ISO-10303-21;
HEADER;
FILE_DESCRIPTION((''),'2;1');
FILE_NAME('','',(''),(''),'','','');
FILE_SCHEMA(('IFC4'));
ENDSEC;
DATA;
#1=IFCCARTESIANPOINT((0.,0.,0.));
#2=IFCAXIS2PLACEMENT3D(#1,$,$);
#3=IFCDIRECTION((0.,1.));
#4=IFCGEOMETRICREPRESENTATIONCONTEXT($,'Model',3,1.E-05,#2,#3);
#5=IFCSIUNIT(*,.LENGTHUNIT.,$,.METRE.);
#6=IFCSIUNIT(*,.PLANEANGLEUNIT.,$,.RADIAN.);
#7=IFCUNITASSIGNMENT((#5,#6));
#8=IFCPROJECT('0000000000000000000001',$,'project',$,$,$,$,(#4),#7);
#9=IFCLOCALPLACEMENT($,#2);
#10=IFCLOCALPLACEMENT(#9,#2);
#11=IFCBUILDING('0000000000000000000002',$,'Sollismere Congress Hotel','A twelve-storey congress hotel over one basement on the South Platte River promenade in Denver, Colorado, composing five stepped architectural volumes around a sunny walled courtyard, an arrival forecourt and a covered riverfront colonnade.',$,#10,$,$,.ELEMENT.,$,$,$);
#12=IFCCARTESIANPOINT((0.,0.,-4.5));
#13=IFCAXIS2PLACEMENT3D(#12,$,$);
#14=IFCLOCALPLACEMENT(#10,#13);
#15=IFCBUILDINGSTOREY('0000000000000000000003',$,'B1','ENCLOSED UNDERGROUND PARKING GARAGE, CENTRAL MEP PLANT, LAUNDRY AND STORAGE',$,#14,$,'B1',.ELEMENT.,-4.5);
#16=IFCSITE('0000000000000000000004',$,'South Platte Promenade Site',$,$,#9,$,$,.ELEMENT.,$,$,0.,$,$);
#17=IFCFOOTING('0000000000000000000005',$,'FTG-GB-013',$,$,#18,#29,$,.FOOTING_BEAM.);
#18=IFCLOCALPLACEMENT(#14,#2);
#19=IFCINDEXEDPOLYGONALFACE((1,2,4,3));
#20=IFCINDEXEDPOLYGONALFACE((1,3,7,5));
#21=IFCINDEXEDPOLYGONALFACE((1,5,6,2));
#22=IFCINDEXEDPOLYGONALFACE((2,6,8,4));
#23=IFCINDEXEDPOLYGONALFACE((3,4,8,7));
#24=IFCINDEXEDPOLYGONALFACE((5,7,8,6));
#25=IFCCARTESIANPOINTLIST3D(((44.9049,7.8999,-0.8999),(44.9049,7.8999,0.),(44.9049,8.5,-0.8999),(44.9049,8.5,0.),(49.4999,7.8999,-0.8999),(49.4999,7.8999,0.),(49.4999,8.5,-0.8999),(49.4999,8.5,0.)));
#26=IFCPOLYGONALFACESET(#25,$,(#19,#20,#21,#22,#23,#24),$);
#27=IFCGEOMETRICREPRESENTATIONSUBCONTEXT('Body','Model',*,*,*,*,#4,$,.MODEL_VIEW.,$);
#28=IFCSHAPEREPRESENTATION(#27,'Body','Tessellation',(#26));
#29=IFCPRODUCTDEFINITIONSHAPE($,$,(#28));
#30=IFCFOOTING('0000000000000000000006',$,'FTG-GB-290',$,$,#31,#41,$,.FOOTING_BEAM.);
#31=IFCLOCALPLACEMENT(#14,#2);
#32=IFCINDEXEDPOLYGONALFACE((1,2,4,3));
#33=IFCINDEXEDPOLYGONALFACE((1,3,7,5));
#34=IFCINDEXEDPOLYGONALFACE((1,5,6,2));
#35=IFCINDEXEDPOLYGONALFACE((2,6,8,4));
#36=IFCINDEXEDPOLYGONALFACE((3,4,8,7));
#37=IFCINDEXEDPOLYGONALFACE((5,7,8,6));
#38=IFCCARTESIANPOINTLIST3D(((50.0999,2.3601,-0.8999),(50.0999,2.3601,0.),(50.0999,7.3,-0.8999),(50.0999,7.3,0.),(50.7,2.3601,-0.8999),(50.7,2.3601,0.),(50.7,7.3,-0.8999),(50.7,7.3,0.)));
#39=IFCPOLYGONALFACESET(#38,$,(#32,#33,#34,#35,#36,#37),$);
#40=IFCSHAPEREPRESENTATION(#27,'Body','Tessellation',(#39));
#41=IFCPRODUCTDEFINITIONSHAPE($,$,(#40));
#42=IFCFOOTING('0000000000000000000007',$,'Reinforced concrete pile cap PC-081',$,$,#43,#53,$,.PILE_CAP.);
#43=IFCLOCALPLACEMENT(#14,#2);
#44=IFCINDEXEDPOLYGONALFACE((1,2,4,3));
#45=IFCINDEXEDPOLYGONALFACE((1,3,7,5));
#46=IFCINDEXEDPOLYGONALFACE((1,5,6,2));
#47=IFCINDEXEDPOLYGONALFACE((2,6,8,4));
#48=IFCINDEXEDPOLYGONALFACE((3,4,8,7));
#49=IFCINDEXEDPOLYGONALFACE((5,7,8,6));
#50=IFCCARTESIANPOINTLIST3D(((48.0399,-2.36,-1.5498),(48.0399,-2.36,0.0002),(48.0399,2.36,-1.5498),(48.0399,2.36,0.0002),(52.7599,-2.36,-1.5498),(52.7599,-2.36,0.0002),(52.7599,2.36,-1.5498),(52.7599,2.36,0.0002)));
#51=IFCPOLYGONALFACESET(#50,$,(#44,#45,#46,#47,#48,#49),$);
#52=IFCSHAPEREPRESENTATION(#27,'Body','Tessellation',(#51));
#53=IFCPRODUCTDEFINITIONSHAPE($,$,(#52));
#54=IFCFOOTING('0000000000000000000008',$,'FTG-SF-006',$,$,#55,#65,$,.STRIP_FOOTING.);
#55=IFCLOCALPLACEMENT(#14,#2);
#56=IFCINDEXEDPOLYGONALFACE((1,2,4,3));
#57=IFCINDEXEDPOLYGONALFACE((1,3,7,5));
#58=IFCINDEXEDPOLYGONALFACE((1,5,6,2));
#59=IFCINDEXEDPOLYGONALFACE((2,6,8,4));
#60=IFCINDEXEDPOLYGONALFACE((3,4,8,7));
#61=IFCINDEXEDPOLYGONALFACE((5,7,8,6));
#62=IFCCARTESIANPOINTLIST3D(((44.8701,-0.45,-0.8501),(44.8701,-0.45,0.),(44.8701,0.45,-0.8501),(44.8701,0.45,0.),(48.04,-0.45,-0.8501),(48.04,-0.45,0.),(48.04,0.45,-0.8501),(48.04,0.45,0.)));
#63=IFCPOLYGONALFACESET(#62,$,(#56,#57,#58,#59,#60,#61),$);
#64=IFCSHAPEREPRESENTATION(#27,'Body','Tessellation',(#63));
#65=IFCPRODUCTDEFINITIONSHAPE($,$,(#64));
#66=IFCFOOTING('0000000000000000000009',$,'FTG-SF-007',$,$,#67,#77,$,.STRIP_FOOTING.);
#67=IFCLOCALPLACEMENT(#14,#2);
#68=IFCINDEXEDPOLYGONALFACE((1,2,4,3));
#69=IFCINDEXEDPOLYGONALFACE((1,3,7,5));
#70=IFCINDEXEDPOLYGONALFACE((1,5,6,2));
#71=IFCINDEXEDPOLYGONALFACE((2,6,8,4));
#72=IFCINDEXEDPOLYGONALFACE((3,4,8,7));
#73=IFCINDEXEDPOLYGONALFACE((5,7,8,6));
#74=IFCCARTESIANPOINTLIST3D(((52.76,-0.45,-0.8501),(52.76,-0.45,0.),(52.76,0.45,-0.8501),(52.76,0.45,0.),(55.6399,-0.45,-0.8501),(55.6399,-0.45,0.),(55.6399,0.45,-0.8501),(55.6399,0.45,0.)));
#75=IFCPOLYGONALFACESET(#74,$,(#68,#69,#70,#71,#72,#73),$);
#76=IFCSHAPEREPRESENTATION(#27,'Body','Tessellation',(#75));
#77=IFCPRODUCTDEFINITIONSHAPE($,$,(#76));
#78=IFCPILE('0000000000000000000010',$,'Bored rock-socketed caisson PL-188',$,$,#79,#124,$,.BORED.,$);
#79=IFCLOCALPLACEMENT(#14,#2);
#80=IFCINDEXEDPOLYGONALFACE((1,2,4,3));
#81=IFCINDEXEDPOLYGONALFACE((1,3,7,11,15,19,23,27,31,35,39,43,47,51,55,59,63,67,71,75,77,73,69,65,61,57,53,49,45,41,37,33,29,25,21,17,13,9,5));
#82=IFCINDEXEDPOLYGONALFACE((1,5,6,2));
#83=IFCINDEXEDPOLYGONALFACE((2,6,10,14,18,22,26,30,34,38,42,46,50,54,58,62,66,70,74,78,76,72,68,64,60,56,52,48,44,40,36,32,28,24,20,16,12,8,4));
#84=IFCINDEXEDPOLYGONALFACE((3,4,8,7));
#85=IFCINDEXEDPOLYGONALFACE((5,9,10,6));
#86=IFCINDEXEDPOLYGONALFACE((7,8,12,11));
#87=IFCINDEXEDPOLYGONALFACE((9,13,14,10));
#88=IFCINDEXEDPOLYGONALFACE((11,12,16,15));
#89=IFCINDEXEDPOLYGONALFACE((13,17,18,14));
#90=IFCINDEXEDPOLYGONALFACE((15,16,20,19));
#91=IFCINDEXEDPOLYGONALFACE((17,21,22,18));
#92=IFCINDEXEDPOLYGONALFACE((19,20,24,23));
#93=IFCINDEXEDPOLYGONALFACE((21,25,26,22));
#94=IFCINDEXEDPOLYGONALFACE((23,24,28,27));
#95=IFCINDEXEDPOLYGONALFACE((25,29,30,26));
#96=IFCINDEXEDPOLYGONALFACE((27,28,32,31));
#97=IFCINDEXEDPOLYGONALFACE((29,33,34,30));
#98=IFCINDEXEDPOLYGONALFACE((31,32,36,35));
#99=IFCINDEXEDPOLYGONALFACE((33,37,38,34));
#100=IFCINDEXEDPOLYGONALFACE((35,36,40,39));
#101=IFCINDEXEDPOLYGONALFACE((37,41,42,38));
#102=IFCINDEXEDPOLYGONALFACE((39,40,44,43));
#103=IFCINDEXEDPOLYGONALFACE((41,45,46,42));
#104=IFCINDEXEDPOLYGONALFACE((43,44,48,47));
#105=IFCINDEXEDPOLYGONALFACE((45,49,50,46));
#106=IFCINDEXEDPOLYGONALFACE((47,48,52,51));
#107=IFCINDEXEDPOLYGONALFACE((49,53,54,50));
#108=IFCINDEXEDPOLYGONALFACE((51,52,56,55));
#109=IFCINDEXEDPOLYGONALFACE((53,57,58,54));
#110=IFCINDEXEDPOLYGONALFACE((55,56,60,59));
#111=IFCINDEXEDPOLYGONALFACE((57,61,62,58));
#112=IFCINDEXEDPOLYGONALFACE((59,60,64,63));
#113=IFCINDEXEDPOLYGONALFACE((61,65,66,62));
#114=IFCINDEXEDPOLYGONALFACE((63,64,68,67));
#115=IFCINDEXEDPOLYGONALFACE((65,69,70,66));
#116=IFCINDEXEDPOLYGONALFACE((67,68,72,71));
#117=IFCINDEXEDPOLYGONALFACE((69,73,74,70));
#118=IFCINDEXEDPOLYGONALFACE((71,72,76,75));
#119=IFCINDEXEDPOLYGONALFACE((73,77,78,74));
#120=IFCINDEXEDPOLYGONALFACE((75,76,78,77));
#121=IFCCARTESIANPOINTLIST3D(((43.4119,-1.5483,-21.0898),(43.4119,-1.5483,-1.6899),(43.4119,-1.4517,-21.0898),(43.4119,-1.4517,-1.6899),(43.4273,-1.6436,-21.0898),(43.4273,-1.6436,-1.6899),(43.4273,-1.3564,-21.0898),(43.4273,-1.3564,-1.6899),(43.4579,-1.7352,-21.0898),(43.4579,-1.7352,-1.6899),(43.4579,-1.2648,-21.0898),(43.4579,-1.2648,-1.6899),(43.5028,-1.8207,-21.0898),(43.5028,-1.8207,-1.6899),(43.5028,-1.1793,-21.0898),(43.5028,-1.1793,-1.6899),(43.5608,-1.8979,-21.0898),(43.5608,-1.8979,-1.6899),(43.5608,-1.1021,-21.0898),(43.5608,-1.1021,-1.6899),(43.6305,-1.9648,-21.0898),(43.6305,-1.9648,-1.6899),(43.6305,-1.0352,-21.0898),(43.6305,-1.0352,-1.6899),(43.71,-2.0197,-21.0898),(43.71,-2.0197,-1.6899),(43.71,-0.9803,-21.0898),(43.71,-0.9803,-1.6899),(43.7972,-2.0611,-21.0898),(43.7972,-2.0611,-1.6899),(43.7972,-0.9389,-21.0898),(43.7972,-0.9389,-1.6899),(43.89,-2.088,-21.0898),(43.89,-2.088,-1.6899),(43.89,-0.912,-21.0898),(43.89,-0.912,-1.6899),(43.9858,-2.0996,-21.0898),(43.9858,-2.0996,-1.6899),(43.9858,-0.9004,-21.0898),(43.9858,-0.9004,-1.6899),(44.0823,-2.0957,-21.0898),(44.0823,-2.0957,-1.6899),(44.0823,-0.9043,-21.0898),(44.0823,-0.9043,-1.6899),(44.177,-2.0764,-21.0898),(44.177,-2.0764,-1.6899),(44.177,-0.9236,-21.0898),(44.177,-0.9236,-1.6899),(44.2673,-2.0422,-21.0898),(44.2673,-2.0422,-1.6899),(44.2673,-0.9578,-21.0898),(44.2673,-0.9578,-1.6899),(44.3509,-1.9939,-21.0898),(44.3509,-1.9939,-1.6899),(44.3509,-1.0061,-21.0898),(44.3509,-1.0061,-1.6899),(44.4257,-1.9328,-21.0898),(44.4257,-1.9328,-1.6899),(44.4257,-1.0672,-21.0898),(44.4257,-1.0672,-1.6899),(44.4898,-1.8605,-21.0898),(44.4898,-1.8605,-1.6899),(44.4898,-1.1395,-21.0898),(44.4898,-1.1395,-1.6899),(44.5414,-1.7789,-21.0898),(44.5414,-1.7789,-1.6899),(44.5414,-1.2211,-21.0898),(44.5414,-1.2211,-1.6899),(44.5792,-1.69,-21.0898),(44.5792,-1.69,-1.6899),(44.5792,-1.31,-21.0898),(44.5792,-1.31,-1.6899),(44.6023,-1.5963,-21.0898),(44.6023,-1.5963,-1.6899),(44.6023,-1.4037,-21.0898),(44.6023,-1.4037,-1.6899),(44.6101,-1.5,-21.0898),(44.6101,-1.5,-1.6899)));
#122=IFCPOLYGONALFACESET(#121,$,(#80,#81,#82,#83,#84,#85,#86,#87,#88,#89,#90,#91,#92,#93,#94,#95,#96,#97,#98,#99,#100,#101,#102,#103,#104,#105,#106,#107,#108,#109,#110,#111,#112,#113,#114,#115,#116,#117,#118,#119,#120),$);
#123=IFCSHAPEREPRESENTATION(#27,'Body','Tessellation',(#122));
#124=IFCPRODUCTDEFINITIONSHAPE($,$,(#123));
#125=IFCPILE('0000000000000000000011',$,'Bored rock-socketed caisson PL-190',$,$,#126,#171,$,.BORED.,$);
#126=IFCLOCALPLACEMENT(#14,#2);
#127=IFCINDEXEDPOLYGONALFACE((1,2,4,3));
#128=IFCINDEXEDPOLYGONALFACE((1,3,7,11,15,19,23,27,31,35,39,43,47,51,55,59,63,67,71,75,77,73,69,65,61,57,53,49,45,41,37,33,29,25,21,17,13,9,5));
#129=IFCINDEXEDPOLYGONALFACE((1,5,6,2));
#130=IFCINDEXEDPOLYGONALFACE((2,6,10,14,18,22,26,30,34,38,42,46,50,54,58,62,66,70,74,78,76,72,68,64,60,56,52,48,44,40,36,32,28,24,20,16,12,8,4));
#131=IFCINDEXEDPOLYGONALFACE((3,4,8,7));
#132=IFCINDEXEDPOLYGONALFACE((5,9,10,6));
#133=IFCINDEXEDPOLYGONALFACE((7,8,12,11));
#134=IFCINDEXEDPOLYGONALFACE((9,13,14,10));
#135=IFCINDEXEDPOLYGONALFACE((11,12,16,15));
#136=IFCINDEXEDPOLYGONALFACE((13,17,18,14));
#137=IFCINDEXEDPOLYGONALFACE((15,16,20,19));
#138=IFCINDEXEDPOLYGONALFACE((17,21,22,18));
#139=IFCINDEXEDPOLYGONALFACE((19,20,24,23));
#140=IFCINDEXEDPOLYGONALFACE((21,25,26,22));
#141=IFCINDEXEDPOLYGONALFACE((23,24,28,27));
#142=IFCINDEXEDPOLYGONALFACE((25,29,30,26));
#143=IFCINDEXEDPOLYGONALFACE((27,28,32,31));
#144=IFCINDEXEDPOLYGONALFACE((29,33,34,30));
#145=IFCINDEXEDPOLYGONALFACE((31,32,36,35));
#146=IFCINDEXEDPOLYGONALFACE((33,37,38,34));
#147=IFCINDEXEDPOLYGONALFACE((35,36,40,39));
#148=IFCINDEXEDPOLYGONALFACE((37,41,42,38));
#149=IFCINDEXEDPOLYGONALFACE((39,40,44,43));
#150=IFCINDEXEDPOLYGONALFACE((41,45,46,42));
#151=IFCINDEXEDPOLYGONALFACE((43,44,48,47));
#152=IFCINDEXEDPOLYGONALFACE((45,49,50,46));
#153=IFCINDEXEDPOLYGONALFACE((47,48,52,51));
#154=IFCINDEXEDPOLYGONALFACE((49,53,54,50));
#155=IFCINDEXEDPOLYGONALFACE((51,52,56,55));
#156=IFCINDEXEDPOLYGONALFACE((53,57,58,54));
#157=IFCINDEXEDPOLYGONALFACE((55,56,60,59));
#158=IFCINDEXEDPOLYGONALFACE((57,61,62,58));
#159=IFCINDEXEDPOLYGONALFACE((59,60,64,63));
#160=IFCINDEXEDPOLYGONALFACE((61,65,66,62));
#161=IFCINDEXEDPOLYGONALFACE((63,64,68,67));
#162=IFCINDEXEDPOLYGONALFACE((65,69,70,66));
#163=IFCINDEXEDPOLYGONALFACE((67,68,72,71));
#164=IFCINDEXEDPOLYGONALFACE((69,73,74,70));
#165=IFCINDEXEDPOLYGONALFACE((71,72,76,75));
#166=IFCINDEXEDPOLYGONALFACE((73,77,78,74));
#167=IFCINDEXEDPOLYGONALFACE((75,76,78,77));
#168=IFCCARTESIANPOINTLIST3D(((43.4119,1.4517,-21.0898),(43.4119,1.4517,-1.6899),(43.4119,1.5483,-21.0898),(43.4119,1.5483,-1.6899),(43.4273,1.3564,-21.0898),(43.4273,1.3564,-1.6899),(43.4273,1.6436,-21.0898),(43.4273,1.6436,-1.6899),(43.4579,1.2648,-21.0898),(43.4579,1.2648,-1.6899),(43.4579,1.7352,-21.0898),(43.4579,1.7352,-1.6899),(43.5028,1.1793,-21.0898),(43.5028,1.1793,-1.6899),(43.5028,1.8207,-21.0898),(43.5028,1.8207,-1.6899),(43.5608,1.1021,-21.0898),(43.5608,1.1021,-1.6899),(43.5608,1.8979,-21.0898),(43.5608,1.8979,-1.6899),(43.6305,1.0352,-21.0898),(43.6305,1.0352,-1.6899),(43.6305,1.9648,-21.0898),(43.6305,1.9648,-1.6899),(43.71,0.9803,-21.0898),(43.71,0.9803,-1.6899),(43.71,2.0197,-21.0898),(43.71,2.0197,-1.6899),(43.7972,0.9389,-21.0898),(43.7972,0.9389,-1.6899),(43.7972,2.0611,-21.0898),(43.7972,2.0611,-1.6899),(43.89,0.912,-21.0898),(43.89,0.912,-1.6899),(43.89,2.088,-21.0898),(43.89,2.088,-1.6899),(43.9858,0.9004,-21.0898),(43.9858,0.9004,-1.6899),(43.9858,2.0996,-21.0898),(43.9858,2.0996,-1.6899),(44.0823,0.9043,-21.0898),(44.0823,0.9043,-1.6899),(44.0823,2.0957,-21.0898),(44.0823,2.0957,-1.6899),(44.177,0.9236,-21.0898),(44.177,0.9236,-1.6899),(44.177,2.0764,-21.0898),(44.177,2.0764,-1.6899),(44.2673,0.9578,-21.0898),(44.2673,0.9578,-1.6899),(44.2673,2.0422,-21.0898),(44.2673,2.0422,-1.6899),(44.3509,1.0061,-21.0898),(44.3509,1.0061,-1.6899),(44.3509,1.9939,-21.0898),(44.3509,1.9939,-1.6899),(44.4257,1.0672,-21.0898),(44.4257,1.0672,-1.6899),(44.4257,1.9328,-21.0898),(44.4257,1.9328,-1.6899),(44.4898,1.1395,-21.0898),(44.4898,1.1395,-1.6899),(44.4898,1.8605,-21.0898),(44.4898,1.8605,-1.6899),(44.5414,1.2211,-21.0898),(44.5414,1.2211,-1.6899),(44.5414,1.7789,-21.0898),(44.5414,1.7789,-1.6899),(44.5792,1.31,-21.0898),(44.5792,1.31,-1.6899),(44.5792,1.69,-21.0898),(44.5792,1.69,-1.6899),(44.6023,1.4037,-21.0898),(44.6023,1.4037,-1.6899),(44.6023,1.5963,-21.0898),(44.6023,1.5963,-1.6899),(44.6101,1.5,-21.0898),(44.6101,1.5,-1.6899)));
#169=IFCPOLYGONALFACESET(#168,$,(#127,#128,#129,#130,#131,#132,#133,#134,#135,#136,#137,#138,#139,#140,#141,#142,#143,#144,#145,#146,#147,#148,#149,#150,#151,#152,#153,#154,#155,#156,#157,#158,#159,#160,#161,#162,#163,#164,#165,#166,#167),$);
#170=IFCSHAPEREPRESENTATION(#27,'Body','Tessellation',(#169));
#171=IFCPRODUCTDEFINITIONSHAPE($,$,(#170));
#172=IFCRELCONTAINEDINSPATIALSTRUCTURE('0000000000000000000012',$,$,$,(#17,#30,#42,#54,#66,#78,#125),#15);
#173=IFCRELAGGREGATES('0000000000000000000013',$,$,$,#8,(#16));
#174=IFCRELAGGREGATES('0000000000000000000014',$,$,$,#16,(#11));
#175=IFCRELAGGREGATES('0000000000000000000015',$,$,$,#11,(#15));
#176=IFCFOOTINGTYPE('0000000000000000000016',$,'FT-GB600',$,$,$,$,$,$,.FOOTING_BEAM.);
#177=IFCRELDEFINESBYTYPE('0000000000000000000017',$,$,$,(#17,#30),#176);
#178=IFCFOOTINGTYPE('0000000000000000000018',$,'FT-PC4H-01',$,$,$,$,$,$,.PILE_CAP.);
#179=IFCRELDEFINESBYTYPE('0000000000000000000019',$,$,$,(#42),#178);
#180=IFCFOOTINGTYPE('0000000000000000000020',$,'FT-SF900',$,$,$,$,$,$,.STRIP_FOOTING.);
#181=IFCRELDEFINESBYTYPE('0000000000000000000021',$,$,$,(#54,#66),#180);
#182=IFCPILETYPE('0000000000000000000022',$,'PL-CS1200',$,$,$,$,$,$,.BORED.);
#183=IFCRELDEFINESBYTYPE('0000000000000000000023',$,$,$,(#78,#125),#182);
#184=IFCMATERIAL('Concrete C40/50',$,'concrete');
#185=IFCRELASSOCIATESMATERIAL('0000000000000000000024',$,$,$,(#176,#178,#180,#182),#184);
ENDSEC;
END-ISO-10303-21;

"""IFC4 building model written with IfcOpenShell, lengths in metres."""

from ifc_helpers import new_model, si_unit, direction, frame, origin, origin_2d, place, context, subcontext, project, spatial, rectangle, circle, extrude, material, material_profile, profile_set, type_object, element, save


model = new_model("IFC4")

# Units and contexts
model_context = context("Model", 3, precision=1e-05, world=origin(), true_north=direction((0.0, 1.0)))
body_context = subcontext(model_context, "Body", "Model", "MODEL_VIEW")
ifc_project = project(units=[si_unit("LENGTHUNIT", "METRE"), si_unit("PLANEANGLEUNIT", "RADIAN")], contexts=[model_context])

# Site, building, storey
site_placement = place(None, origin())
site = spatial("IfcSite", under=ifc_project, at=site_placement, Name="South Platte Promenade Site", CompositionType="ELEMENT", RefElevation=0.0)
building_placement = place(site_placement, origin())
building = spatial("IfcBuilding", under=site, at=building_placement, Name="Sollismere Congress Hotel", Description="A twelve-storey congress hotel over one basement on the South Platte River promenade in Denver, Colorado, composing five stepped architectural volumes around a sunny walled courtyard, an arrival forecourt and a covered riverfront colonnade.", CompositionType="ELEMENT")
storey_placement = place(building_placement, frame((0.0, 0.0, -4.5)))
storey = spatial("IfcBuildingStorey", under=building, at=storey_placement, Name="B1", Description="ENCLOSED UNDERGROUND PARKING GARAGE, CENTRAL MEP PLANT, LAUNDRY AND STORAGE", LongName="B1", CompositionType="ELEMENT", Elevation=-4.5)

# Footings
ifc_material_1 = material(Name="Concrete C40/50", Category="concrete")
footing_type_1 = type_object("IfcFootingType", Name="FT-GB600", PredefinedType="FOOTING_BEAM", material=ifc_material_1)
footing_1_placement = place(storey_placement, frame((47.2024, 8.2, -0.8999), z_axis=(0.0, 0.0, 1.0), x_axis=(1.0, 0.0, 0.0)))
element("IfcFooting", 1, at=footing_1_placement, inside=storey, type_object=footing_type_1, Name="FTG-GB-013", PredefinedType="FOOTING_BEAM", context=body_context, shape_type="SweptSolid", body=[
    extrude(rectangle(XDim=4.595, YDim=0.6001, at=origin_2d()), origin(), (0.0, 0.0, 1.0), 0.8999),
])
footing_2_placement = place(storey_placement, frame((50.3999, 4.8301, -0.8999), z_axis=(0.0, 0.0, 1.0), x_axis=(0.0, 1.0, 0.0)))
element("IfcFooting", 2, at=footing_2_placement, inside=storey, type_object=footing_type_1, Name="FTG-GB-290", PredefinedType="FOOTING_BEAM", context=body_context, shape_type="SweptSolid", body=[
    extrude(rectangle(XDim=4.9399, YDim=0.6001, at=origin_2d()), origin(), (0.0, 0.0, 1.0), 0.8999),
])
footing_type_2 = type_object("IfcFootingType", Name="FT-PC4H-01", PredefinedType="PILE_CAP", material=ifc_material_1)
footing_3_placement = place(storey_placement, frame((50.3999, 0.0, -1.5498), z_axis=(0.0, 0.0, 1.0), x_axis=(1.0, 0.0, 0.0)))
element("IfcFooting", 3, at=footing_3_placement, inside=storey, type_object=footing_type_2, Name="Reinforced concrete pile cap PC-081", PredefinedType="PILE_CAP", context=body_context, shape_type="SweptSolid", body=[
    extrude(rectangle(XDim=4.72, YDim=4.72, at=origin_2d()), origin(), (0.0, 0.0, 1.0), 1.55),
])
footing_type_3 = type_object("IfcFootingType", Name="FT-SF900", PredefinedType="STRIP_FOOTING", material=ifc_material_1)
footing_4_placement = place(storey_placement, frame((46.4551, 0.0, -0.8501), z_axis=(0.0, 0.0, 1.0), x_axis=(1.0, 0.0, 0.0)))
element("IfcFooting", 4, at=footing_4_placement, inside=storey, type_object=footing_type_3, Name="FTG-SF-006", PredefinedType="STRIP_FOOTING", context=body_context, shape_type="SweptSolid", body=[
    extrude(rectangle(XDim=3.1699, YDim=0.8999, at=origin_2d()), origin(), (0.0, 0.0, 1.0), 0.8501),
])
footing_5_placement = place(storey_placement, frame((54.2, 0.0, -0.8501), z_axis=(0.0, 0.0, 1.0), x_axis=(1.0, 0.0, 0.0)))
element("IfcFooting", 5, at=footing_5_placement, inside=storey, type_object=footing_type_3, Name="FTG-SF-007", PredefinedType="STRIP_FOOTING", context=body_context, shape_type="SweptSolid", body=[
    extrude(rectangle(XDim=2.8799, YDim=0.8999, at=origin_2d()), origin(), (0.0, 0.0, 1.0), 0.8501),
])

# Piles
ifc_material_profile_1 = material_profile(ifc_material_1, circle(Radius=0.6001, at=origin_2d()), Name="CAISSON1200")
ifc_profile_set_1 = profile_set([ifc_material_profile_1], Name="Concrete C40/50")
pile_type = type_object("IfcPileType", Name="PL-CS1200", PredefinedType="BORED", material=ifc_profile_set_1)
for number, where, z_axis, x_axis, name in (
    (6, (44.01, -1.5, -1.6899), (0.0, 0.0, -1.0), (1.0, 0.0, 0.0), "Bored rock-socketed caisson PL-188"),
    (7, (44.01, 1.5, -1.6899), (0.0, 0.0, -1.0), (1.0, 0.0, 0.0), "Bored rock-socketed caisson PL-190"),
):
    element("IfcPile", number, at=place(storey_placement, frame(where, z_axis=z_axis, x_axis=x_axis)), inside=storey, type_object=pile_type, Name=name, PredefinedType="BORED", context=body_context, shape_type="SweptSolid", body=[
        extrude(circle(Radius=0.6001, at=origin_2d()), origin(), (0.0, 0.0, 1.0), 19.3999),
    ])

save(model, "model.ifc")
